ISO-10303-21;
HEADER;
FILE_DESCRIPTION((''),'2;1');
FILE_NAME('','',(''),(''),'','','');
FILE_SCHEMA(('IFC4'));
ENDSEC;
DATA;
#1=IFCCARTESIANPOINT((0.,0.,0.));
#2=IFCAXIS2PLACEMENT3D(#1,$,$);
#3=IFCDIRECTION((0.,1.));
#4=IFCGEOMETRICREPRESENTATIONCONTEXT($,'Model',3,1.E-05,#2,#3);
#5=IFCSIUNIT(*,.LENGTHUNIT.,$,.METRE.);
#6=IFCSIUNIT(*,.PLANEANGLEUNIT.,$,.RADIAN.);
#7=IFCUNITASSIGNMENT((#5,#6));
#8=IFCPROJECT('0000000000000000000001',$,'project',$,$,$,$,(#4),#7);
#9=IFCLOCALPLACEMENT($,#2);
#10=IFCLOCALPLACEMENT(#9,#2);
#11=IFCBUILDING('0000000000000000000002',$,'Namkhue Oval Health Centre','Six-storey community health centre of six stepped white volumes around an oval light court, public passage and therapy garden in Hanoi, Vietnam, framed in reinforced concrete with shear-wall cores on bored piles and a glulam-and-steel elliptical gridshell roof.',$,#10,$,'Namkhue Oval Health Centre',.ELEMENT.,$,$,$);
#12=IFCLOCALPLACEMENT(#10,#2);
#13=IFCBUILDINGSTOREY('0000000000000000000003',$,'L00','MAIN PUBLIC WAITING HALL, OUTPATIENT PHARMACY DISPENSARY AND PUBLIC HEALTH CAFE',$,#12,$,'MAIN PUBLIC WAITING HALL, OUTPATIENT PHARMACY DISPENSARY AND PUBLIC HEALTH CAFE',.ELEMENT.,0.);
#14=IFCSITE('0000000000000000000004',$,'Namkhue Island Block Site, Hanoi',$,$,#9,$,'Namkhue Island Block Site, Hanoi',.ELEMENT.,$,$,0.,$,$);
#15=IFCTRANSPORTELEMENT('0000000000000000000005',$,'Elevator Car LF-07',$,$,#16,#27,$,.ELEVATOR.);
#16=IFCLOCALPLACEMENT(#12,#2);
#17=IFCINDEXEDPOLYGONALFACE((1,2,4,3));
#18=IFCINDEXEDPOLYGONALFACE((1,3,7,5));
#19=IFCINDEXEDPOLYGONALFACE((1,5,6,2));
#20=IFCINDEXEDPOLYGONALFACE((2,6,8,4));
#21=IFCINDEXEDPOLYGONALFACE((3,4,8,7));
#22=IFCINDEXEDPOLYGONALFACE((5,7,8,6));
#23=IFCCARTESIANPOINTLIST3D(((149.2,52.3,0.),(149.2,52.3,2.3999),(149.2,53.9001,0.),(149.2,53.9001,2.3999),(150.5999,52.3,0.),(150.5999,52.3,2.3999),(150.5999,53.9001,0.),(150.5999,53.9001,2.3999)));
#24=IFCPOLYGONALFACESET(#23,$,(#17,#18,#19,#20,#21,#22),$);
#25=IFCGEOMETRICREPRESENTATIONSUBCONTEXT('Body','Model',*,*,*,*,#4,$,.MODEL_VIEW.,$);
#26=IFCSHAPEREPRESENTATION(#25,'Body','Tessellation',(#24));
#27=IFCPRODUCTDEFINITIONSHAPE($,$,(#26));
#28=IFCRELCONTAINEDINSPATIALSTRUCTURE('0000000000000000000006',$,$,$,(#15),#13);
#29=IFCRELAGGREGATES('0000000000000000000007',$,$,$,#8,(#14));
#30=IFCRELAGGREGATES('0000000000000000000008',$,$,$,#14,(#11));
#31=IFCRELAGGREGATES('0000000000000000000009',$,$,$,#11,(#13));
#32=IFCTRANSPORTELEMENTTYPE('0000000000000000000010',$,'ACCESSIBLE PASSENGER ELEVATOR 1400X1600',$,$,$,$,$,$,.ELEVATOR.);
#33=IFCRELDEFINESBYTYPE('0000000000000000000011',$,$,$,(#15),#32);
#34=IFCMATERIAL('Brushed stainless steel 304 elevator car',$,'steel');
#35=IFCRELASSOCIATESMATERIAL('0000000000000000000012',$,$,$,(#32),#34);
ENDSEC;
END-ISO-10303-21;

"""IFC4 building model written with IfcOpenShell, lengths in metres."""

from ifc_helpers import new_model, si_unit, direction, frame, origin, origin_2d, place, context, subcontext, project, spatial, rectangle, extrude, material, type_object, element, save


model = new_model("IFC4")

# Units and contexts
model_context = context("Model", 3, precision=1e-05, world=origin(), true_north=direction((0.0, 1.0)))
body_context = subcontext(model_context, "Body", "Model", "MODEL_VIEW")
ifc_project = project(units=[si_unit("LENGTHUNIT", "METRE"), si_unit("PLANEANGLEUNIT", "RADIAN")], contexts=[model_context])

# Site, building, storey
site_placement = place(None, origin())
site = spatial("IfcSite", under=ifc_project, at=site_placement, Name="Namkhue Island Block Site, Hanoi", LongName="Namkhue Island Block Site, Hanoi", CompositionType="ELEMENT", RefElevation=0.0)
building_placement = place(site_placement, origin())
building = spatial("IfcBuilding", under=site, at=building_placement, Name="Namkhue Oval Health Centre", Description="Six-storey community health centre of six stepped white volumes around an oval light court, public passage and therapy garden in Hanoi, Vietnam, framed in reinforced concrete with shear-wall cores on bored piles and a glulam-and-steel elliptical gridshell roof.", LongName="Namkhue Oval Health Centre", CompositionType="ELEMENT")
storey_placement = place(building_placement, origin())
storey = spatial("IfcBuildingStorey", under=building, at=storey_placement, Name="L00", Description="MAIN PUBLIC WAITING HALL, OUTPATIENT PHARMACY DISPENSARY AND PUBLIC HEALTH CAFE", LongName="MAIN PUBLIC WAITING HALL, OUTPATIENT PHARMACY DISPENSARY AND PUBLIC HEALTH CAFE", CompositionType="ELEMENT", Elevation=0.0)

# Transport element
ifc_material_1 = material(Name="Brushed stainless steel 304 elevator car", Category="steel")
transport_element_type = type_object("IfcTransportElementType", Name="ACCESSIBLE PASSENGER ELEVATOR 1400X1600", PredefinedType="ELEVATOR", material=ifc_material_1)
transport_element_placement = place(storey_placement, frame((149.8999, 53.1001, 0.0), z_axis=(0.0, 0.0, 1.0), x_axis=(1.0, 0.0, 0.0)))
element("IfcTransportElement", 1, at=transport_element_placement, inside=storey, type_object=transport_element_type, Name="Elevator Car LF-07", PredefinedType="ELEVATOR", context=body_context, shape_type="SweptSolid", body=[
    extrude(rectangle(XDim=1.3999, YDim=1.6001, at=origin_2d()), origin(), (0.0, 0.0, 1.0), 2.3999),
])

save(model, "model.ifc")
